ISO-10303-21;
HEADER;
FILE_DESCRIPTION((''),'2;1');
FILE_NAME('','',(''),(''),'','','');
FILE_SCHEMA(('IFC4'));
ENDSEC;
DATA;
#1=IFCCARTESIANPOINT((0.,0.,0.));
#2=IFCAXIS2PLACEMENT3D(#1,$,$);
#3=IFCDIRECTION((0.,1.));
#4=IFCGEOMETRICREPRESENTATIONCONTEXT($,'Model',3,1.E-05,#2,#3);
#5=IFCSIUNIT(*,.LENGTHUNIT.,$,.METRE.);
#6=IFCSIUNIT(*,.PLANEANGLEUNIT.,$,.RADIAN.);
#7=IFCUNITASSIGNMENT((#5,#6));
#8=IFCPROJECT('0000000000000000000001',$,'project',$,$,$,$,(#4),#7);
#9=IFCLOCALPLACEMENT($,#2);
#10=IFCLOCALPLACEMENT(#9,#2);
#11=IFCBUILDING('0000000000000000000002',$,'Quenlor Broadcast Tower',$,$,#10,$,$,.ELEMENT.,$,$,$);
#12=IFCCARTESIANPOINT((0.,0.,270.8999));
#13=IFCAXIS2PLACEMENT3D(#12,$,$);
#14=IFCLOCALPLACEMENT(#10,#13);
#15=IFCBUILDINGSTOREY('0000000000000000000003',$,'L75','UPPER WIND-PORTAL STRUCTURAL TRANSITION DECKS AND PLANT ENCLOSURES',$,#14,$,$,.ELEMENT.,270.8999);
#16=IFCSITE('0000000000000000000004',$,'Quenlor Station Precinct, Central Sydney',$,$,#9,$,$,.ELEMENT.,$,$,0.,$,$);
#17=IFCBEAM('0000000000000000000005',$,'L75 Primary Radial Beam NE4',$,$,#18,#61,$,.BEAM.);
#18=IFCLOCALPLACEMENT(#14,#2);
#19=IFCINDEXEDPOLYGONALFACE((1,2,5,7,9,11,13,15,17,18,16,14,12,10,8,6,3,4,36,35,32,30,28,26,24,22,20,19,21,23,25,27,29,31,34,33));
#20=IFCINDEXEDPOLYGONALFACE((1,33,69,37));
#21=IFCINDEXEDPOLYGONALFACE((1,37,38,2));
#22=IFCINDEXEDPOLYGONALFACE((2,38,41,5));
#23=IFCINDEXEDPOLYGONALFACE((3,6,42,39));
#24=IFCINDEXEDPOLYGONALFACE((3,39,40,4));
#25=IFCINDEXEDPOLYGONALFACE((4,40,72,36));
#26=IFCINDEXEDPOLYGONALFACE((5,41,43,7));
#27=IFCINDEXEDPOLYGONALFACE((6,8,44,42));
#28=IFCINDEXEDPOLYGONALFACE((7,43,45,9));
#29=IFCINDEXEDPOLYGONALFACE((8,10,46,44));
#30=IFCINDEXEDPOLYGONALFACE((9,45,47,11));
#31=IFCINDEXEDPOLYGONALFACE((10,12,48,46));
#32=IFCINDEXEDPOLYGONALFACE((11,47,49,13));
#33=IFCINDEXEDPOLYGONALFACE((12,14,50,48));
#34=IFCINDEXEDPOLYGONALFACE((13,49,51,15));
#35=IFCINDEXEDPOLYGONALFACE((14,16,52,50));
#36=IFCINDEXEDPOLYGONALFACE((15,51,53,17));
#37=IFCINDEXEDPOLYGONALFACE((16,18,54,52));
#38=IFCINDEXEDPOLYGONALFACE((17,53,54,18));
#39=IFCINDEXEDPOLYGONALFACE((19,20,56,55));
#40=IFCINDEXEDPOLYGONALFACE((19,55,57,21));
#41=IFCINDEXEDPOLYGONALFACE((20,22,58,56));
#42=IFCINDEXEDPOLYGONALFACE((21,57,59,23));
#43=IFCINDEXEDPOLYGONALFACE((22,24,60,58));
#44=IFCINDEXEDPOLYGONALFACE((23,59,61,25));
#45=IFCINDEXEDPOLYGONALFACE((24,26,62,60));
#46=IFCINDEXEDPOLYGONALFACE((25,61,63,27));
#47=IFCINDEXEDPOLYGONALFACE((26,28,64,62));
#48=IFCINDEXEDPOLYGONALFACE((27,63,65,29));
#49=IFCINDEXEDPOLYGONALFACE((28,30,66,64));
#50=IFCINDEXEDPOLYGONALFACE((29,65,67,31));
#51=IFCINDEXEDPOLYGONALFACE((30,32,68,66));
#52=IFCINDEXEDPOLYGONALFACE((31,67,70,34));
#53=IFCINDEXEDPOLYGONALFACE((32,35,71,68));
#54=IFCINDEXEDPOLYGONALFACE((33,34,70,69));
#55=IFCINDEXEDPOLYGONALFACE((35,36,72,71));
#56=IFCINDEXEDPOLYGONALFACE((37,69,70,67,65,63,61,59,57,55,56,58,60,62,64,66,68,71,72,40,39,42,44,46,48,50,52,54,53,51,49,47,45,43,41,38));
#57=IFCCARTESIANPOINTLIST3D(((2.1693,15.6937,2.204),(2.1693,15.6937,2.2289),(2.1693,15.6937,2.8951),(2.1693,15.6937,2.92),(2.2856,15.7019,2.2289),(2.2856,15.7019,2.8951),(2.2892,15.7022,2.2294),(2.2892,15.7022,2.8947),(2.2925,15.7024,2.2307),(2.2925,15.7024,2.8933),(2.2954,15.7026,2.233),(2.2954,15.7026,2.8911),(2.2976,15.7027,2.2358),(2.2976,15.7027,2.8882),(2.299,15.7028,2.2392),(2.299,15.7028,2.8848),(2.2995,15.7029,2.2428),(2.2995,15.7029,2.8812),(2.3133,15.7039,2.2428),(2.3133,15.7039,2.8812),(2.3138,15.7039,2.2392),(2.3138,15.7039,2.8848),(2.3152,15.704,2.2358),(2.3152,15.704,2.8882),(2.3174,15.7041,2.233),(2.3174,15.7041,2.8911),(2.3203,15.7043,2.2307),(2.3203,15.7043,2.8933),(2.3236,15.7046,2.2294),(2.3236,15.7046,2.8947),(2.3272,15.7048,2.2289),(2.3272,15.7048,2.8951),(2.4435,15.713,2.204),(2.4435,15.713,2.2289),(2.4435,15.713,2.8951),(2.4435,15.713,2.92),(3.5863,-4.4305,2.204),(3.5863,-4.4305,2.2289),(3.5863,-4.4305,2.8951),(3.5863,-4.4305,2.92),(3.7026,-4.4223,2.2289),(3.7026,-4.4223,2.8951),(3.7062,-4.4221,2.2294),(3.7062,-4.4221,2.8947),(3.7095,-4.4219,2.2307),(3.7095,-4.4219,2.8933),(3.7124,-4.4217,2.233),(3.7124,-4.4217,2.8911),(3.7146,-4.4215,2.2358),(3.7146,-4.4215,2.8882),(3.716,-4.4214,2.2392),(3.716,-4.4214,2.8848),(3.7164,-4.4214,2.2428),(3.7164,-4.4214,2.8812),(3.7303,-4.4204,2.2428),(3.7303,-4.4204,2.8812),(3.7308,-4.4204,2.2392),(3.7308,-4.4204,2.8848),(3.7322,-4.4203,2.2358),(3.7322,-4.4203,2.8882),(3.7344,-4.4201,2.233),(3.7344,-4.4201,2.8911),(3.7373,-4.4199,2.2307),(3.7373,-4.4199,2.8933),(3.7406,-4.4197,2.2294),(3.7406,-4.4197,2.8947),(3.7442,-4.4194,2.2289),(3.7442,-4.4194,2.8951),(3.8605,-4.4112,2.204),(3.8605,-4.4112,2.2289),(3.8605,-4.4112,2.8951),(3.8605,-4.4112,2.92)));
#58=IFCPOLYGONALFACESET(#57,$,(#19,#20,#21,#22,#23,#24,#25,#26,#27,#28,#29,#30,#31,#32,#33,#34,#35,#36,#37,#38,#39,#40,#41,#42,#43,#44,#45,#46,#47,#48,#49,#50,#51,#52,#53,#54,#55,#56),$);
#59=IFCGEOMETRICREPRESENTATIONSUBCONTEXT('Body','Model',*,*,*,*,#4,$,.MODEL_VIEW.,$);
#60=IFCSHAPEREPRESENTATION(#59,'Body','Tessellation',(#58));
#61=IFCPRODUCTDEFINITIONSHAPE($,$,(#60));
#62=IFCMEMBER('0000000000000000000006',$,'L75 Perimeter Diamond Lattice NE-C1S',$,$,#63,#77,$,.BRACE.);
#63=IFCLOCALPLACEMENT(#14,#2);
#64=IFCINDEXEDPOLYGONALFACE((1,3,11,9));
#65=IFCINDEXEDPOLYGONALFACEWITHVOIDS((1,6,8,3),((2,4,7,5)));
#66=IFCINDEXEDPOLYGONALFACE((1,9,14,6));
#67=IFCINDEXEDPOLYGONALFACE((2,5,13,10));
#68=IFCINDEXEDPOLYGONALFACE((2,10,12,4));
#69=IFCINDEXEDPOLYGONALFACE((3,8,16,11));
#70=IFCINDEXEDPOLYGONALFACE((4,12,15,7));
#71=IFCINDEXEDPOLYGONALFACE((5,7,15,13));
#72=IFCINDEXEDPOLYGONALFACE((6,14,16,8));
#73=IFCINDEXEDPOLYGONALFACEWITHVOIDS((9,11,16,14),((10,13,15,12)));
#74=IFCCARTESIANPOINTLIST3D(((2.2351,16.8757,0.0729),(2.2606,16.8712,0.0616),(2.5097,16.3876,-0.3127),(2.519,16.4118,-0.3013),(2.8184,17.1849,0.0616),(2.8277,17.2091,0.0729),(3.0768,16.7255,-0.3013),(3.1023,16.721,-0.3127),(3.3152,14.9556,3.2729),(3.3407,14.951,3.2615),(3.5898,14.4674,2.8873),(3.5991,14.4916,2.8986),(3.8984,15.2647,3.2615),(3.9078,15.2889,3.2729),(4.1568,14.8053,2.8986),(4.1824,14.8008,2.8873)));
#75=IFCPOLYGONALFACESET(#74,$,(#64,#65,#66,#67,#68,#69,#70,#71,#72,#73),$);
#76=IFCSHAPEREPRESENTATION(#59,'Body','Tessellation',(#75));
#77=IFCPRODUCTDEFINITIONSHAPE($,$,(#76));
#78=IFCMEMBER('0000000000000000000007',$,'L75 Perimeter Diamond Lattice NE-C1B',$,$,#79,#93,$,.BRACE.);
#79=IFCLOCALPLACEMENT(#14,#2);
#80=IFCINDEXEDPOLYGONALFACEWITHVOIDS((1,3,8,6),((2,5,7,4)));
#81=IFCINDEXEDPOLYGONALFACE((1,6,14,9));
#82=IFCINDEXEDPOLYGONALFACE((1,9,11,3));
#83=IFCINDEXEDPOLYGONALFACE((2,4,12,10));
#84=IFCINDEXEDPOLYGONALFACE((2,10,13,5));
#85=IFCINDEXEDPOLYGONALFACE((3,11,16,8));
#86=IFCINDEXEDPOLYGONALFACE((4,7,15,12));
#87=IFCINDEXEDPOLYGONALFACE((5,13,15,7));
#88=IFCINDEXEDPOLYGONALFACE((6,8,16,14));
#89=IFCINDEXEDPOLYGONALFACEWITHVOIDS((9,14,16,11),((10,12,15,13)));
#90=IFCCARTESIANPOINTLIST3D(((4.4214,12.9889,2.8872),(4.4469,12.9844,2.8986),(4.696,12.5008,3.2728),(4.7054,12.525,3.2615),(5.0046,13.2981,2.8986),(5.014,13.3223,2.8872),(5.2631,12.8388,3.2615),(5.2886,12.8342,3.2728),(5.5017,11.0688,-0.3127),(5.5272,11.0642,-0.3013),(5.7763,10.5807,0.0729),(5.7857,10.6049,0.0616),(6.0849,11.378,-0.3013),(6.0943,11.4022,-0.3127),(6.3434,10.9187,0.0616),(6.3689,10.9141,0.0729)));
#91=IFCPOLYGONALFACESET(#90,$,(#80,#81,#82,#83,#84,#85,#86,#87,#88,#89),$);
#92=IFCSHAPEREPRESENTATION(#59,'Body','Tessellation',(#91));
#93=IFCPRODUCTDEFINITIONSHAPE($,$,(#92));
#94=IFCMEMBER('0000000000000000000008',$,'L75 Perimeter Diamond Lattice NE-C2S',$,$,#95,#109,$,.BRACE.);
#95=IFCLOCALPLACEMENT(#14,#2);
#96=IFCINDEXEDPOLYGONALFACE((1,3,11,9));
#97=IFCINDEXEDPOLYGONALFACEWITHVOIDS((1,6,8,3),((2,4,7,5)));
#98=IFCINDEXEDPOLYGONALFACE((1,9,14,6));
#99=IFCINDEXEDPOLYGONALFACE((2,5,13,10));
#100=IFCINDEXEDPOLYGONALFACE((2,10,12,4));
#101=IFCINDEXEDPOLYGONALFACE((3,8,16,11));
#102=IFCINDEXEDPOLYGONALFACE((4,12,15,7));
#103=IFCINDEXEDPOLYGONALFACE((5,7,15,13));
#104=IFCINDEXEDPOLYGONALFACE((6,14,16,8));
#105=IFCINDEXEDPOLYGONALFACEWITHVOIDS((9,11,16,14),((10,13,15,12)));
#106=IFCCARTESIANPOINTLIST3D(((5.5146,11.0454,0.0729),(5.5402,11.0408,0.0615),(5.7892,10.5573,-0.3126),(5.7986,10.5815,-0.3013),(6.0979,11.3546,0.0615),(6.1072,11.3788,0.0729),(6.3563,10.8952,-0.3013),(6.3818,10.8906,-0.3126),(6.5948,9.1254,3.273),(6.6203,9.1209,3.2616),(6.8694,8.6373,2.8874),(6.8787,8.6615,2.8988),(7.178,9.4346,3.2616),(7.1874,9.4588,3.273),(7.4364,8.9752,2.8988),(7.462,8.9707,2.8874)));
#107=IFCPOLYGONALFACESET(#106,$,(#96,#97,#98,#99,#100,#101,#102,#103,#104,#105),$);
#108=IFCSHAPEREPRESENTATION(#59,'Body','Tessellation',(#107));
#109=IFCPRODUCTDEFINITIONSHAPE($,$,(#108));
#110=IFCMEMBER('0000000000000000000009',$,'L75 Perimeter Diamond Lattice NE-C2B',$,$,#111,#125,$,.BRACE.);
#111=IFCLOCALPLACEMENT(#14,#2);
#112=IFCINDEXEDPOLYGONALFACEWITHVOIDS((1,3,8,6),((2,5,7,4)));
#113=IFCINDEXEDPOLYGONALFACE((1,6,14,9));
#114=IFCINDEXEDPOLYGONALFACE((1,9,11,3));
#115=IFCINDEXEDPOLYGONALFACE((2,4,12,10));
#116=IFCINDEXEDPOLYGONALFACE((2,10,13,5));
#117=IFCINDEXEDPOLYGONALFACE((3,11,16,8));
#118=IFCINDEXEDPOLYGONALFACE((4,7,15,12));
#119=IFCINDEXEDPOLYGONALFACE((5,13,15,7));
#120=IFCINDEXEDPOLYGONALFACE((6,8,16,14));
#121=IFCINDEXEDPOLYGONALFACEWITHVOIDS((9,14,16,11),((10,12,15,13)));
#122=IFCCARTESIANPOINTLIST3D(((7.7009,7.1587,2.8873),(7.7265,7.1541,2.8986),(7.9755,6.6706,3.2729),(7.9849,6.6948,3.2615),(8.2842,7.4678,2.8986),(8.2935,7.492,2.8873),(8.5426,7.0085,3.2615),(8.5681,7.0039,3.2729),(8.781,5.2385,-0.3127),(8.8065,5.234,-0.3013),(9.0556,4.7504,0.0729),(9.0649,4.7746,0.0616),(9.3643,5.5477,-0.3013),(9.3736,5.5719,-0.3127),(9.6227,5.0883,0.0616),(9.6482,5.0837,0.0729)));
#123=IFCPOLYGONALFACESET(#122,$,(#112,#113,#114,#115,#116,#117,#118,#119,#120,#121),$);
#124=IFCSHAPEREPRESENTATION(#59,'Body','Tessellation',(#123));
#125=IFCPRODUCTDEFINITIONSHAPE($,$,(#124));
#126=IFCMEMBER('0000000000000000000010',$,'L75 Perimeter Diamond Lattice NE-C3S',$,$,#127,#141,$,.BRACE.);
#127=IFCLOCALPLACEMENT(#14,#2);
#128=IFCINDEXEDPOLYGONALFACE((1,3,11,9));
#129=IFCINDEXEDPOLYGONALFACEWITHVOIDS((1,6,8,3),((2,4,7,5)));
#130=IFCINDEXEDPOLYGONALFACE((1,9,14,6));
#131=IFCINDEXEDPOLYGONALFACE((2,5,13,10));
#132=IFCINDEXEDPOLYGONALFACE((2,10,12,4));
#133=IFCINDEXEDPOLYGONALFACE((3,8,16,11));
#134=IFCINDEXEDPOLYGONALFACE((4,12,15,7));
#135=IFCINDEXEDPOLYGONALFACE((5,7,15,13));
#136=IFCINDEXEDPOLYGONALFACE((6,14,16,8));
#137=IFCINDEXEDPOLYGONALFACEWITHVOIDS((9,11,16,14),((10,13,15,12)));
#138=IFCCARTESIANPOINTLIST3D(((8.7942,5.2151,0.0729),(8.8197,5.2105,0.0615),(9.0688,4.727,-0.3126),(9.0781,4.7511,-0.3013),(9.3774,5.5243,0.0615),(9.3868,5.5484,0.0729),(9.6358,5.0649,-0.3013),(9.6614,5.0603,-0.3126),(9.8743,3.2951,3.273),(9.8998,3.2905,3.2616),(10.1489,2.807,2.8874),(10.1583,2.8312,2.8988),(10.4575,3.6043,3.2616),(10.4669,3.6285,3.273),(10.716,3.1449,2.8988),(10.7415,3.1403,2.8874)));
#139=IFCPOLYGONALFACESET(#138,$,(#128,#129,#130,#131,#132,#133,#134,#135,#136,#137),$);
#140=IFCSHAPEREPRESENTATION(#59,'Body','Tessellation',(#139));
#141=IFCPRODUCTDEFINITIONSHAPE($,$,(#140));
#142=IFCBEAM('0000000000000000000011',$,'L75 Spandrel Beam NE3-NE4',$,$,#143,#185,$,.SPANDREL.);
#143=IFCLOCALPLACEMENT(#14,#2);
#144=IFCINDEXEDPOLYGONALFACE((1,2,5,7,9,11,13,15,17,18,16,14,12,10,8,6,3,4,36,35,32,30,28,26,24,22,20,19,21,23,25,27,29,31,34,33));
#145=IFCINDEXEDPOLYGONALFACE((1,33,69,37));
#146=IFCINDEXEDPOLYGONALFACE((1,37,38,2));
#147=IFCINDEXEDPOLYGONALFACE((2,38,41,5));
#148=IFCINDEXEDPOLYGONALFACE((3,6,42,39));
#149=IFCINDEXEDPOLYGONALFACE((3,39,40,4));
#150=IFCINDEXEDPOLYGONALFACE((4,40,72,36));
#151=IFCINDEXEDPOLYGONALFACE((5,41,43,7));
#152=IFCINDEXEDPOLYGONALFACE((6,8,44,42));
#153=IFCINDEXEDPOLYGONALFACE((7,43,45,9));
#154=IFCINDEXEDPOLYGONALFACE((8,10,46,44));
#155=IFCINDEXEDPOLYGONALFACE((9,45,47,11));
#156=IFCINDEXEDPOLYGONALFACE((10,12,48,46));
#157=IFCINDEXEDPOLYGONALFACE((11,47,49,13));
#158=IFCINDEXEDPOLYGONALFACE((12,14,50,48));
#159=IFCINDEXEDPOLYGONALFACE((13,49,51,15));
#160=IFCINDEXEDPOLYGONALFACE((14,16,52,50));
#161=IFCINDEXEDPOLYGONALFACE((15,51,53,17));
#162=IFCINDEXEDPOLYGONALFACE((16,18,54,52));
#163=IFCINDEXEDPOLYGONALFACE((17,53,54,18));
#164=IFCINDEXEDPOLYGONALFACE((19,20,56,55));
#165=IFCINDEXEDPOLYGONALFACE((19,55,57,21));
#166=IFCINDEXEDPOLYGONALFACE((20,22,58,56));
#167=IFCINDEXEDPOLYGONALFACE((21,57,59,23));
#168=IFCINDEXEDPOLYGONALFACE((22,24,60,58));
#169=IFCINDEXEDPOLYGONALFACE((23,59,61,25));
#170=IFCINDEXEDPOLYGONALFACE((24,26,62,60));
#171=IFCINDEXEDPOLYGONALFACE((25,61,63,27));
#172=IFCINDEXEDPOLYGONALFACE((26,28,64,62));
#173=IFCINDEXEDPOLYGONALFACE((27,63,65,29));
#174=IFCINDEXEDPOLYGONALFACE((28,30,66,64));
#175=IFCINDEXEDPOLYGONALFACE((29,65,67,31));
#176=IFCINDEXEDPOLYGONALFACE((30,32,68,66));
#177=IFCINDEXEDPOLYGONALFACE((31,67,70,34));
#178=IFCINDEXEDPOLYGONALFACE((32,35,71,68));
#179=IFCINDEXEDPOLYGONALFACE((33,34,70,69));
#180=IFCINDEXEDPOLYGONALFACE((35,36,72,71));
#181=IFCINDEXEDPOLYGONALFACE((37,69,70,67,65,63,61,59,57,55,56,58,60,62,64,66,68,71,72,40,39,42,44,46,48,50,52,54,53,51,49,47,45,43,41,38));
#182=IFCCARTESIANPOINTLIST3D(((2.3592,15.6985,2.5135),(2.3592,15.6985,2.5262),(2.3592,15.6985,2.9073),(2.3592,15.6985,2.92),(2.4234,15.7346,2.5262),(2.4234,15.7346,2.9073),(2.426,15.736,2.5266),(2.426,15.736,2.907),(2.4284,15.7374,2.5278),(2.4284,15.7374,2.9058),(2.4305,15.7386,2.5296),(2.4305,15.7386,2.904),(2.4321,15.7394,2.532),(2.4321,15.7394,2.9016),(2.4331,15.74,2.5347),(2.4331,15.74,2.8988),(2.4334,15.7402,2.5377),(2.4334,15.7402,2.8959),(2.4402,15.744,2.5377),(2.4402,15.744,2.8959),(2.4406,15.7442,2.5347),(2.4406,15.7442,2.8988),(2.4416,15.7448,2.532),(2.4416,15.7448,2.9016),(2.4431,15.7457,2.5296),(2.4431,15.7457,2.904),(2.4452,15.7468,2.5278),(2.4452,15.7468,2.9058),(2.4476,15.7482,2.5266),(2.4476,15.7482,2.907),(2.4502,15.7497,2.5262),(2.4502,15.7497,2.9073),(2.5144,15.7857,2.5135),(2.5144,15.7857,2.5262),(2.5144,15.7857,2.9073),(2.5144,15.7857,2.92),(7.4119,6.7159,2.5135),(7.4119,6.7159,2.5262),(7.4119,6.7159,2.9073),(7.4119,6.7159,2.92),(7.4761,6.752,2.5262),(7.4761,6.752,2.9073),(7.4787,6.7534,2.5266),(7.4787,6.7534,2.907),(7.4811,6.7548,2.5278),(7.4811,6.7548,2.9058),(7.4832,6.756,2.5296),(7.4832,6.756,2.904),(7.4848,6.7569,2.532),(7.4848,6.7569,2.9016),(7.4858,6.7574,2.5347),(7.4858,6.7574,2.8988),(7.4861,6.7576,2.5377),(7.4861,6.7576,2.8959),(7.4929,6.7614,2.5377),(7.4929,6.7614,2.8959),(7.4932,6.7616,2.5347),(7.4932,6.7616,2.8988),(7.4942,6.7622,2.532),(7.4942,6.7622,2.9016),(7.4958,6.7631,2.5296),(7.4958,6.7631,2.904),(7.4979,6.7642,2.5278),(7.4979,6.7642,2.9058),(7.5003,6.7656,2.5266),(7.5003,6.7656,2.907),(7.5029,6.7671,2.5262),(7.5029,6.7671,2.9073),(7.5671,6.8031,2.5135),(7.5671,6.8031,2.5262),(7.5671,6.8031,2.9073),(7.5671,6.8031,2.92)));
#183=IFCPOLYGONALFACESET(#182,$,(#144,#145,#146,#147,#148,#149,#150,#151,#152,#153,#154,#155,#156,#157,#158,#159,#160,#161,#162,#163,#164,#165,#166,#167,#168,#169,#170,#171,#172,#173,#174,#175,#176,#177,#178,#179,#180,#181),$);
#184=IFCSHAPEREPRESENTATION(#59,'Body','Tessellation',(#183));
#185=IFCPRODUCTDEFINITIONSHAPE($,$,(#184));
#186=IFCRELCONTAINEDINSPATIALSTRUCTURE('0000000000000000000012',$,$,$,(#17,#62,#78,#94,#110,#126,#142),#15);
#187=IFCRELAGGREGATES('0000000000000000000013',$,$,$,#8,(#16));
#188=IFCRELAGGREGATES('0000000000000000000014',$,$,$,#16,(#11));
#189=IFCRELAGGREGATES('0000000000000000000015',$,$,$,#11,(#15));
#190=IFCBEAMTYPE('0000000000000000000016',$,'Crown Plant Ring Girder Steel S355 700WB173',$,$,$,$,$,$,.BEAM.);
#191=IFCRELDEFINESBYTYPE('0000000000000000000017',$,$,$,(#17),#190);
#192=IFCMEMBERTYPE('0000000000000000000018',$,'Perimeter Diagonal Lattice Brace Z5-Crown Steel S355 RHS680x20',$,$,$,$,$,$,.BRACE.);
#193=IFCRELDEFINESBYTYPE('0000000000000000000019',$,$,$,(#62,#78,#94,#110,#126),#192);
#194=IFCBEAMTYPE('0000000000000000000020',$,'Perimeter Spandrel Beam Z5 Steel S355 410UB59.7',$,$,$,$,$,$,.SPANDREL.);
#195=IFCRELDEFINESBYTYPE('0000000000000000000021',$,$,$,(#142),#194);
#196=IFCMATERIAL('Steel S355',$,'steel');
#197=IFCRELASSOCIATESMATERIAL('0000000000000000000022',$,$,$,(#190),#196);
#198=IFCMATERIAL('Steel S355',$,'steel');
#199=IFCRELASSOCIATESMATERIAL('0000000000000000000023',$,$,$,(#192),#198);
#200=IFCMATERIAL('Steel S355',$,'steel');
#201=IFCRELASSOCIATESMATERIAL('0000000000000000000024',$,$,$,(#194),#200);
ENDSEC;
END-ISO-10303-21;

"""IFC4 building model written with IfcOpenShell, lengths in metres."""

from ifc_helpers import new_model, si_unit, direction, frame, origin, origin_2d, place, context, subcontext, project, spatial, hollow_rectangle, i_section, extrude, material, material_profile, profile_set, type_object, element, save


model = new_model("IFC4")

# Units and contexts
model_context = context("Model", 3, precision=1e-05, world=origin(), true_north=direction((0.0, 1.0)))
body_context = subcontext(model_context, "Body", "Model", "MODEL_VIEW")
ifc_project = project(units=[si_unit("LENGTHUNIT", "METRE"), si_unit("PLANEANGLEUNIT", "RADIAN")], contexts=[model_context])

# Site, building, storey
site_placement = place(None, origin())
site = spatial("IfcSite", under=ifc_project, at=site_placement, Name="Quenlor Station Precinct, Central Sydney", CompositionType="ELEMENT", RefElevation=0.0)
building_placement = place(site_placement, origin())
building = spatial("IfcBuilding", under=site, at=building_placement, Name="Quenlor Broadcast Tower", CompositionType="ELEMENT")
storey_placement = place(building_placement, frame((0.0, 0.0, 270.8999)))
storey = spatial("IfcBuildingStorey", under=building, at=storey_placement, Name="L75", Description="UPPER WIND-PORTAL STRUCTURAL TRANSITION DECKS AND PLANT ENCLOSURES", CompositionType="ELEMENT", Elevation=270.8999)

# Beam
ifc_material_1 = material(Name="Steel S355", Category="steel")
ifc_material_profile_1 = material_profile(ifc_material_1, i_section(OverallWidth=0.2749, OverallDepth=0.7161, WebThickness=0.0139, FlangeThickness=0.0249, FilletRadius=0.0139, at=origin_2d()))
ifc_profile_set_1 = profile_set([ifc_material_profile_1], Name="Steel S355 700WB173")
beam_type_1 = type_object("IfcBeamType", Name="Crown Plant Ring Girder Steel S355 700WB173", PredefinedType="BEAM", material=ifc_profile_set_1)
beam_1_placement = place(storey_placement, frame((2.3064, 15.7034, 2.562), z_axis=(0.070238, -0.99753, 0.0), x_axis=(0.99753, 0.070238, 0.0)))
element("IfcBeam", 1, at=beam_1_placement, inside=storey, type_object=beam_type_1, Name="L75 Primary Radial Beam NE4", PredefinedType="BEAM", context=body_context, shape_type="SweptSolid", body=[
    extrude(i_section(OverallWidth=0.2749, OverallDepth=0.7161, WebThickness=0.0139, FlangeThickness=0.0249, FilletRadius=0.0139, at=origin_2d()), origin(), (0.0, 0.0, 1.0), 20.1741),
])

# Members
ifc_material_2 = material(Name="Steel S355", Category="steel")
ifc_material_profile_2 = material_profile(ifc_material_2, hollow_rectangle(XDim=0.6799, YDim=0.6799, WallThickness=0.02, at=origin_2d()))
ifc_profile_set_2 = profile_set([ifc_material_profile_2], Name="Steel S355 RHS680x680x20")
member_type_1 = type_object("IfcMemberType", Name="Perimeter Diagonal Lattice Brace Z5-Crown Steel S355 RHS680x20", PredefinedType="BRACE", material=ifc_profile_set_2)
for number, where, z_axis, x_axis, name in (
    (2, (2.6687, 16.7983, -0.1199), (0.278012, -0.49425, 0.823666), (0.871578, 0.490256, 0.0), "L75 Perimeter Diamond Lattice NE-C1S"),
    (3, (5.9353, 10.9915, -0.1199), (-0.27807, 0.494241, 0.823652), (-0.871531, -0.49034, 0.0), "L75 Perimeter Diamond Lattice NE-C1B"),
    (4, (5.9482, 10.968, -0.1199), (0.27802, -0.494203, 0.823692), (0.871552, 0.490303, 0.0), "L75 Perimeter Diamond Lattice NE-C2S"),
    (5, (9.2146, 5.1611, -0.1199), (-0.278012, 0.49425, 0.823666), (-0.871578, -0.490256, 0.0), "L75 Perimeter Diamond Lattice NE-C2B"),
    (6, (9.2278, 5.1377, -0.1199), (0.27802, -0.494203, 0.823692), (0.871552, 0.490303, 0.0), "L75 Perimeter Diamond Lattice NE-C3S"),
):
    element("IfcMember", number, at=place(storey_placement, frame(where, z_axis=z_axis, x_axis=x_axis)), inside=storey, type_object=member_type_1, Name=name, PredefinedType="BRACE", context=body_context, shape_type="SweptSolid", body=[
        extrude(hollow_rectangle(XDim=0.6799, YDim=0.6799, WallThickness=0.02, at=origin_2d()), origin(), (0.0, 0.0, 1.0), 3.885),
    ])

# Beam
ifc_material_3 = material(Name="Steel S355", Category="steel")
ifc_material_profile_3 = material_profile(ifc_material_3, i_section(OverallWidth=0.178, OverallDepth=0.4065, WebThickness=0.0078, FlangeThickness=0.0127, FilletRadius=0.0115, at=origin_2d()))
ifc_profile_set_3 = profile_set([ifc_material_profile_3], Name="Steel S355 410UB59.7")
beam_type_2 = type_object("IfcBeamType", Name="Perimeter Spandrel Beam Z5 Steel S355 410UB59.7", PredefinedType="SPANDREL", material=ifc_profile_set_3)
beam_2_placement = place(storey_placement, frame((7.4895, 6.7595, 2.7168), z_axis=(-0.49026, 0.871576, 0.0), x_axis=(-0.871576, -0.49026, 0.0)))
element("IfcBeam", 7, at=beam_2_placement, inside=storey, type_object=beam_type_2, Name="L75 Spandrel Beam NE3-NE4", PredefinedType="SPANDREL", context=body_context, shape_type="SweptSolid", body=[
    extrude(i_section(OverallWidth=0.178, OverallDepth=0.4065, WebThickness=0.0078, FlangeThickness=0.0127, FilletRadius=0.0115, at=origin_2d()), origin(), (0.0, 0.0, 1.0), 10.3062),
])

save(model, "model.ifc")
